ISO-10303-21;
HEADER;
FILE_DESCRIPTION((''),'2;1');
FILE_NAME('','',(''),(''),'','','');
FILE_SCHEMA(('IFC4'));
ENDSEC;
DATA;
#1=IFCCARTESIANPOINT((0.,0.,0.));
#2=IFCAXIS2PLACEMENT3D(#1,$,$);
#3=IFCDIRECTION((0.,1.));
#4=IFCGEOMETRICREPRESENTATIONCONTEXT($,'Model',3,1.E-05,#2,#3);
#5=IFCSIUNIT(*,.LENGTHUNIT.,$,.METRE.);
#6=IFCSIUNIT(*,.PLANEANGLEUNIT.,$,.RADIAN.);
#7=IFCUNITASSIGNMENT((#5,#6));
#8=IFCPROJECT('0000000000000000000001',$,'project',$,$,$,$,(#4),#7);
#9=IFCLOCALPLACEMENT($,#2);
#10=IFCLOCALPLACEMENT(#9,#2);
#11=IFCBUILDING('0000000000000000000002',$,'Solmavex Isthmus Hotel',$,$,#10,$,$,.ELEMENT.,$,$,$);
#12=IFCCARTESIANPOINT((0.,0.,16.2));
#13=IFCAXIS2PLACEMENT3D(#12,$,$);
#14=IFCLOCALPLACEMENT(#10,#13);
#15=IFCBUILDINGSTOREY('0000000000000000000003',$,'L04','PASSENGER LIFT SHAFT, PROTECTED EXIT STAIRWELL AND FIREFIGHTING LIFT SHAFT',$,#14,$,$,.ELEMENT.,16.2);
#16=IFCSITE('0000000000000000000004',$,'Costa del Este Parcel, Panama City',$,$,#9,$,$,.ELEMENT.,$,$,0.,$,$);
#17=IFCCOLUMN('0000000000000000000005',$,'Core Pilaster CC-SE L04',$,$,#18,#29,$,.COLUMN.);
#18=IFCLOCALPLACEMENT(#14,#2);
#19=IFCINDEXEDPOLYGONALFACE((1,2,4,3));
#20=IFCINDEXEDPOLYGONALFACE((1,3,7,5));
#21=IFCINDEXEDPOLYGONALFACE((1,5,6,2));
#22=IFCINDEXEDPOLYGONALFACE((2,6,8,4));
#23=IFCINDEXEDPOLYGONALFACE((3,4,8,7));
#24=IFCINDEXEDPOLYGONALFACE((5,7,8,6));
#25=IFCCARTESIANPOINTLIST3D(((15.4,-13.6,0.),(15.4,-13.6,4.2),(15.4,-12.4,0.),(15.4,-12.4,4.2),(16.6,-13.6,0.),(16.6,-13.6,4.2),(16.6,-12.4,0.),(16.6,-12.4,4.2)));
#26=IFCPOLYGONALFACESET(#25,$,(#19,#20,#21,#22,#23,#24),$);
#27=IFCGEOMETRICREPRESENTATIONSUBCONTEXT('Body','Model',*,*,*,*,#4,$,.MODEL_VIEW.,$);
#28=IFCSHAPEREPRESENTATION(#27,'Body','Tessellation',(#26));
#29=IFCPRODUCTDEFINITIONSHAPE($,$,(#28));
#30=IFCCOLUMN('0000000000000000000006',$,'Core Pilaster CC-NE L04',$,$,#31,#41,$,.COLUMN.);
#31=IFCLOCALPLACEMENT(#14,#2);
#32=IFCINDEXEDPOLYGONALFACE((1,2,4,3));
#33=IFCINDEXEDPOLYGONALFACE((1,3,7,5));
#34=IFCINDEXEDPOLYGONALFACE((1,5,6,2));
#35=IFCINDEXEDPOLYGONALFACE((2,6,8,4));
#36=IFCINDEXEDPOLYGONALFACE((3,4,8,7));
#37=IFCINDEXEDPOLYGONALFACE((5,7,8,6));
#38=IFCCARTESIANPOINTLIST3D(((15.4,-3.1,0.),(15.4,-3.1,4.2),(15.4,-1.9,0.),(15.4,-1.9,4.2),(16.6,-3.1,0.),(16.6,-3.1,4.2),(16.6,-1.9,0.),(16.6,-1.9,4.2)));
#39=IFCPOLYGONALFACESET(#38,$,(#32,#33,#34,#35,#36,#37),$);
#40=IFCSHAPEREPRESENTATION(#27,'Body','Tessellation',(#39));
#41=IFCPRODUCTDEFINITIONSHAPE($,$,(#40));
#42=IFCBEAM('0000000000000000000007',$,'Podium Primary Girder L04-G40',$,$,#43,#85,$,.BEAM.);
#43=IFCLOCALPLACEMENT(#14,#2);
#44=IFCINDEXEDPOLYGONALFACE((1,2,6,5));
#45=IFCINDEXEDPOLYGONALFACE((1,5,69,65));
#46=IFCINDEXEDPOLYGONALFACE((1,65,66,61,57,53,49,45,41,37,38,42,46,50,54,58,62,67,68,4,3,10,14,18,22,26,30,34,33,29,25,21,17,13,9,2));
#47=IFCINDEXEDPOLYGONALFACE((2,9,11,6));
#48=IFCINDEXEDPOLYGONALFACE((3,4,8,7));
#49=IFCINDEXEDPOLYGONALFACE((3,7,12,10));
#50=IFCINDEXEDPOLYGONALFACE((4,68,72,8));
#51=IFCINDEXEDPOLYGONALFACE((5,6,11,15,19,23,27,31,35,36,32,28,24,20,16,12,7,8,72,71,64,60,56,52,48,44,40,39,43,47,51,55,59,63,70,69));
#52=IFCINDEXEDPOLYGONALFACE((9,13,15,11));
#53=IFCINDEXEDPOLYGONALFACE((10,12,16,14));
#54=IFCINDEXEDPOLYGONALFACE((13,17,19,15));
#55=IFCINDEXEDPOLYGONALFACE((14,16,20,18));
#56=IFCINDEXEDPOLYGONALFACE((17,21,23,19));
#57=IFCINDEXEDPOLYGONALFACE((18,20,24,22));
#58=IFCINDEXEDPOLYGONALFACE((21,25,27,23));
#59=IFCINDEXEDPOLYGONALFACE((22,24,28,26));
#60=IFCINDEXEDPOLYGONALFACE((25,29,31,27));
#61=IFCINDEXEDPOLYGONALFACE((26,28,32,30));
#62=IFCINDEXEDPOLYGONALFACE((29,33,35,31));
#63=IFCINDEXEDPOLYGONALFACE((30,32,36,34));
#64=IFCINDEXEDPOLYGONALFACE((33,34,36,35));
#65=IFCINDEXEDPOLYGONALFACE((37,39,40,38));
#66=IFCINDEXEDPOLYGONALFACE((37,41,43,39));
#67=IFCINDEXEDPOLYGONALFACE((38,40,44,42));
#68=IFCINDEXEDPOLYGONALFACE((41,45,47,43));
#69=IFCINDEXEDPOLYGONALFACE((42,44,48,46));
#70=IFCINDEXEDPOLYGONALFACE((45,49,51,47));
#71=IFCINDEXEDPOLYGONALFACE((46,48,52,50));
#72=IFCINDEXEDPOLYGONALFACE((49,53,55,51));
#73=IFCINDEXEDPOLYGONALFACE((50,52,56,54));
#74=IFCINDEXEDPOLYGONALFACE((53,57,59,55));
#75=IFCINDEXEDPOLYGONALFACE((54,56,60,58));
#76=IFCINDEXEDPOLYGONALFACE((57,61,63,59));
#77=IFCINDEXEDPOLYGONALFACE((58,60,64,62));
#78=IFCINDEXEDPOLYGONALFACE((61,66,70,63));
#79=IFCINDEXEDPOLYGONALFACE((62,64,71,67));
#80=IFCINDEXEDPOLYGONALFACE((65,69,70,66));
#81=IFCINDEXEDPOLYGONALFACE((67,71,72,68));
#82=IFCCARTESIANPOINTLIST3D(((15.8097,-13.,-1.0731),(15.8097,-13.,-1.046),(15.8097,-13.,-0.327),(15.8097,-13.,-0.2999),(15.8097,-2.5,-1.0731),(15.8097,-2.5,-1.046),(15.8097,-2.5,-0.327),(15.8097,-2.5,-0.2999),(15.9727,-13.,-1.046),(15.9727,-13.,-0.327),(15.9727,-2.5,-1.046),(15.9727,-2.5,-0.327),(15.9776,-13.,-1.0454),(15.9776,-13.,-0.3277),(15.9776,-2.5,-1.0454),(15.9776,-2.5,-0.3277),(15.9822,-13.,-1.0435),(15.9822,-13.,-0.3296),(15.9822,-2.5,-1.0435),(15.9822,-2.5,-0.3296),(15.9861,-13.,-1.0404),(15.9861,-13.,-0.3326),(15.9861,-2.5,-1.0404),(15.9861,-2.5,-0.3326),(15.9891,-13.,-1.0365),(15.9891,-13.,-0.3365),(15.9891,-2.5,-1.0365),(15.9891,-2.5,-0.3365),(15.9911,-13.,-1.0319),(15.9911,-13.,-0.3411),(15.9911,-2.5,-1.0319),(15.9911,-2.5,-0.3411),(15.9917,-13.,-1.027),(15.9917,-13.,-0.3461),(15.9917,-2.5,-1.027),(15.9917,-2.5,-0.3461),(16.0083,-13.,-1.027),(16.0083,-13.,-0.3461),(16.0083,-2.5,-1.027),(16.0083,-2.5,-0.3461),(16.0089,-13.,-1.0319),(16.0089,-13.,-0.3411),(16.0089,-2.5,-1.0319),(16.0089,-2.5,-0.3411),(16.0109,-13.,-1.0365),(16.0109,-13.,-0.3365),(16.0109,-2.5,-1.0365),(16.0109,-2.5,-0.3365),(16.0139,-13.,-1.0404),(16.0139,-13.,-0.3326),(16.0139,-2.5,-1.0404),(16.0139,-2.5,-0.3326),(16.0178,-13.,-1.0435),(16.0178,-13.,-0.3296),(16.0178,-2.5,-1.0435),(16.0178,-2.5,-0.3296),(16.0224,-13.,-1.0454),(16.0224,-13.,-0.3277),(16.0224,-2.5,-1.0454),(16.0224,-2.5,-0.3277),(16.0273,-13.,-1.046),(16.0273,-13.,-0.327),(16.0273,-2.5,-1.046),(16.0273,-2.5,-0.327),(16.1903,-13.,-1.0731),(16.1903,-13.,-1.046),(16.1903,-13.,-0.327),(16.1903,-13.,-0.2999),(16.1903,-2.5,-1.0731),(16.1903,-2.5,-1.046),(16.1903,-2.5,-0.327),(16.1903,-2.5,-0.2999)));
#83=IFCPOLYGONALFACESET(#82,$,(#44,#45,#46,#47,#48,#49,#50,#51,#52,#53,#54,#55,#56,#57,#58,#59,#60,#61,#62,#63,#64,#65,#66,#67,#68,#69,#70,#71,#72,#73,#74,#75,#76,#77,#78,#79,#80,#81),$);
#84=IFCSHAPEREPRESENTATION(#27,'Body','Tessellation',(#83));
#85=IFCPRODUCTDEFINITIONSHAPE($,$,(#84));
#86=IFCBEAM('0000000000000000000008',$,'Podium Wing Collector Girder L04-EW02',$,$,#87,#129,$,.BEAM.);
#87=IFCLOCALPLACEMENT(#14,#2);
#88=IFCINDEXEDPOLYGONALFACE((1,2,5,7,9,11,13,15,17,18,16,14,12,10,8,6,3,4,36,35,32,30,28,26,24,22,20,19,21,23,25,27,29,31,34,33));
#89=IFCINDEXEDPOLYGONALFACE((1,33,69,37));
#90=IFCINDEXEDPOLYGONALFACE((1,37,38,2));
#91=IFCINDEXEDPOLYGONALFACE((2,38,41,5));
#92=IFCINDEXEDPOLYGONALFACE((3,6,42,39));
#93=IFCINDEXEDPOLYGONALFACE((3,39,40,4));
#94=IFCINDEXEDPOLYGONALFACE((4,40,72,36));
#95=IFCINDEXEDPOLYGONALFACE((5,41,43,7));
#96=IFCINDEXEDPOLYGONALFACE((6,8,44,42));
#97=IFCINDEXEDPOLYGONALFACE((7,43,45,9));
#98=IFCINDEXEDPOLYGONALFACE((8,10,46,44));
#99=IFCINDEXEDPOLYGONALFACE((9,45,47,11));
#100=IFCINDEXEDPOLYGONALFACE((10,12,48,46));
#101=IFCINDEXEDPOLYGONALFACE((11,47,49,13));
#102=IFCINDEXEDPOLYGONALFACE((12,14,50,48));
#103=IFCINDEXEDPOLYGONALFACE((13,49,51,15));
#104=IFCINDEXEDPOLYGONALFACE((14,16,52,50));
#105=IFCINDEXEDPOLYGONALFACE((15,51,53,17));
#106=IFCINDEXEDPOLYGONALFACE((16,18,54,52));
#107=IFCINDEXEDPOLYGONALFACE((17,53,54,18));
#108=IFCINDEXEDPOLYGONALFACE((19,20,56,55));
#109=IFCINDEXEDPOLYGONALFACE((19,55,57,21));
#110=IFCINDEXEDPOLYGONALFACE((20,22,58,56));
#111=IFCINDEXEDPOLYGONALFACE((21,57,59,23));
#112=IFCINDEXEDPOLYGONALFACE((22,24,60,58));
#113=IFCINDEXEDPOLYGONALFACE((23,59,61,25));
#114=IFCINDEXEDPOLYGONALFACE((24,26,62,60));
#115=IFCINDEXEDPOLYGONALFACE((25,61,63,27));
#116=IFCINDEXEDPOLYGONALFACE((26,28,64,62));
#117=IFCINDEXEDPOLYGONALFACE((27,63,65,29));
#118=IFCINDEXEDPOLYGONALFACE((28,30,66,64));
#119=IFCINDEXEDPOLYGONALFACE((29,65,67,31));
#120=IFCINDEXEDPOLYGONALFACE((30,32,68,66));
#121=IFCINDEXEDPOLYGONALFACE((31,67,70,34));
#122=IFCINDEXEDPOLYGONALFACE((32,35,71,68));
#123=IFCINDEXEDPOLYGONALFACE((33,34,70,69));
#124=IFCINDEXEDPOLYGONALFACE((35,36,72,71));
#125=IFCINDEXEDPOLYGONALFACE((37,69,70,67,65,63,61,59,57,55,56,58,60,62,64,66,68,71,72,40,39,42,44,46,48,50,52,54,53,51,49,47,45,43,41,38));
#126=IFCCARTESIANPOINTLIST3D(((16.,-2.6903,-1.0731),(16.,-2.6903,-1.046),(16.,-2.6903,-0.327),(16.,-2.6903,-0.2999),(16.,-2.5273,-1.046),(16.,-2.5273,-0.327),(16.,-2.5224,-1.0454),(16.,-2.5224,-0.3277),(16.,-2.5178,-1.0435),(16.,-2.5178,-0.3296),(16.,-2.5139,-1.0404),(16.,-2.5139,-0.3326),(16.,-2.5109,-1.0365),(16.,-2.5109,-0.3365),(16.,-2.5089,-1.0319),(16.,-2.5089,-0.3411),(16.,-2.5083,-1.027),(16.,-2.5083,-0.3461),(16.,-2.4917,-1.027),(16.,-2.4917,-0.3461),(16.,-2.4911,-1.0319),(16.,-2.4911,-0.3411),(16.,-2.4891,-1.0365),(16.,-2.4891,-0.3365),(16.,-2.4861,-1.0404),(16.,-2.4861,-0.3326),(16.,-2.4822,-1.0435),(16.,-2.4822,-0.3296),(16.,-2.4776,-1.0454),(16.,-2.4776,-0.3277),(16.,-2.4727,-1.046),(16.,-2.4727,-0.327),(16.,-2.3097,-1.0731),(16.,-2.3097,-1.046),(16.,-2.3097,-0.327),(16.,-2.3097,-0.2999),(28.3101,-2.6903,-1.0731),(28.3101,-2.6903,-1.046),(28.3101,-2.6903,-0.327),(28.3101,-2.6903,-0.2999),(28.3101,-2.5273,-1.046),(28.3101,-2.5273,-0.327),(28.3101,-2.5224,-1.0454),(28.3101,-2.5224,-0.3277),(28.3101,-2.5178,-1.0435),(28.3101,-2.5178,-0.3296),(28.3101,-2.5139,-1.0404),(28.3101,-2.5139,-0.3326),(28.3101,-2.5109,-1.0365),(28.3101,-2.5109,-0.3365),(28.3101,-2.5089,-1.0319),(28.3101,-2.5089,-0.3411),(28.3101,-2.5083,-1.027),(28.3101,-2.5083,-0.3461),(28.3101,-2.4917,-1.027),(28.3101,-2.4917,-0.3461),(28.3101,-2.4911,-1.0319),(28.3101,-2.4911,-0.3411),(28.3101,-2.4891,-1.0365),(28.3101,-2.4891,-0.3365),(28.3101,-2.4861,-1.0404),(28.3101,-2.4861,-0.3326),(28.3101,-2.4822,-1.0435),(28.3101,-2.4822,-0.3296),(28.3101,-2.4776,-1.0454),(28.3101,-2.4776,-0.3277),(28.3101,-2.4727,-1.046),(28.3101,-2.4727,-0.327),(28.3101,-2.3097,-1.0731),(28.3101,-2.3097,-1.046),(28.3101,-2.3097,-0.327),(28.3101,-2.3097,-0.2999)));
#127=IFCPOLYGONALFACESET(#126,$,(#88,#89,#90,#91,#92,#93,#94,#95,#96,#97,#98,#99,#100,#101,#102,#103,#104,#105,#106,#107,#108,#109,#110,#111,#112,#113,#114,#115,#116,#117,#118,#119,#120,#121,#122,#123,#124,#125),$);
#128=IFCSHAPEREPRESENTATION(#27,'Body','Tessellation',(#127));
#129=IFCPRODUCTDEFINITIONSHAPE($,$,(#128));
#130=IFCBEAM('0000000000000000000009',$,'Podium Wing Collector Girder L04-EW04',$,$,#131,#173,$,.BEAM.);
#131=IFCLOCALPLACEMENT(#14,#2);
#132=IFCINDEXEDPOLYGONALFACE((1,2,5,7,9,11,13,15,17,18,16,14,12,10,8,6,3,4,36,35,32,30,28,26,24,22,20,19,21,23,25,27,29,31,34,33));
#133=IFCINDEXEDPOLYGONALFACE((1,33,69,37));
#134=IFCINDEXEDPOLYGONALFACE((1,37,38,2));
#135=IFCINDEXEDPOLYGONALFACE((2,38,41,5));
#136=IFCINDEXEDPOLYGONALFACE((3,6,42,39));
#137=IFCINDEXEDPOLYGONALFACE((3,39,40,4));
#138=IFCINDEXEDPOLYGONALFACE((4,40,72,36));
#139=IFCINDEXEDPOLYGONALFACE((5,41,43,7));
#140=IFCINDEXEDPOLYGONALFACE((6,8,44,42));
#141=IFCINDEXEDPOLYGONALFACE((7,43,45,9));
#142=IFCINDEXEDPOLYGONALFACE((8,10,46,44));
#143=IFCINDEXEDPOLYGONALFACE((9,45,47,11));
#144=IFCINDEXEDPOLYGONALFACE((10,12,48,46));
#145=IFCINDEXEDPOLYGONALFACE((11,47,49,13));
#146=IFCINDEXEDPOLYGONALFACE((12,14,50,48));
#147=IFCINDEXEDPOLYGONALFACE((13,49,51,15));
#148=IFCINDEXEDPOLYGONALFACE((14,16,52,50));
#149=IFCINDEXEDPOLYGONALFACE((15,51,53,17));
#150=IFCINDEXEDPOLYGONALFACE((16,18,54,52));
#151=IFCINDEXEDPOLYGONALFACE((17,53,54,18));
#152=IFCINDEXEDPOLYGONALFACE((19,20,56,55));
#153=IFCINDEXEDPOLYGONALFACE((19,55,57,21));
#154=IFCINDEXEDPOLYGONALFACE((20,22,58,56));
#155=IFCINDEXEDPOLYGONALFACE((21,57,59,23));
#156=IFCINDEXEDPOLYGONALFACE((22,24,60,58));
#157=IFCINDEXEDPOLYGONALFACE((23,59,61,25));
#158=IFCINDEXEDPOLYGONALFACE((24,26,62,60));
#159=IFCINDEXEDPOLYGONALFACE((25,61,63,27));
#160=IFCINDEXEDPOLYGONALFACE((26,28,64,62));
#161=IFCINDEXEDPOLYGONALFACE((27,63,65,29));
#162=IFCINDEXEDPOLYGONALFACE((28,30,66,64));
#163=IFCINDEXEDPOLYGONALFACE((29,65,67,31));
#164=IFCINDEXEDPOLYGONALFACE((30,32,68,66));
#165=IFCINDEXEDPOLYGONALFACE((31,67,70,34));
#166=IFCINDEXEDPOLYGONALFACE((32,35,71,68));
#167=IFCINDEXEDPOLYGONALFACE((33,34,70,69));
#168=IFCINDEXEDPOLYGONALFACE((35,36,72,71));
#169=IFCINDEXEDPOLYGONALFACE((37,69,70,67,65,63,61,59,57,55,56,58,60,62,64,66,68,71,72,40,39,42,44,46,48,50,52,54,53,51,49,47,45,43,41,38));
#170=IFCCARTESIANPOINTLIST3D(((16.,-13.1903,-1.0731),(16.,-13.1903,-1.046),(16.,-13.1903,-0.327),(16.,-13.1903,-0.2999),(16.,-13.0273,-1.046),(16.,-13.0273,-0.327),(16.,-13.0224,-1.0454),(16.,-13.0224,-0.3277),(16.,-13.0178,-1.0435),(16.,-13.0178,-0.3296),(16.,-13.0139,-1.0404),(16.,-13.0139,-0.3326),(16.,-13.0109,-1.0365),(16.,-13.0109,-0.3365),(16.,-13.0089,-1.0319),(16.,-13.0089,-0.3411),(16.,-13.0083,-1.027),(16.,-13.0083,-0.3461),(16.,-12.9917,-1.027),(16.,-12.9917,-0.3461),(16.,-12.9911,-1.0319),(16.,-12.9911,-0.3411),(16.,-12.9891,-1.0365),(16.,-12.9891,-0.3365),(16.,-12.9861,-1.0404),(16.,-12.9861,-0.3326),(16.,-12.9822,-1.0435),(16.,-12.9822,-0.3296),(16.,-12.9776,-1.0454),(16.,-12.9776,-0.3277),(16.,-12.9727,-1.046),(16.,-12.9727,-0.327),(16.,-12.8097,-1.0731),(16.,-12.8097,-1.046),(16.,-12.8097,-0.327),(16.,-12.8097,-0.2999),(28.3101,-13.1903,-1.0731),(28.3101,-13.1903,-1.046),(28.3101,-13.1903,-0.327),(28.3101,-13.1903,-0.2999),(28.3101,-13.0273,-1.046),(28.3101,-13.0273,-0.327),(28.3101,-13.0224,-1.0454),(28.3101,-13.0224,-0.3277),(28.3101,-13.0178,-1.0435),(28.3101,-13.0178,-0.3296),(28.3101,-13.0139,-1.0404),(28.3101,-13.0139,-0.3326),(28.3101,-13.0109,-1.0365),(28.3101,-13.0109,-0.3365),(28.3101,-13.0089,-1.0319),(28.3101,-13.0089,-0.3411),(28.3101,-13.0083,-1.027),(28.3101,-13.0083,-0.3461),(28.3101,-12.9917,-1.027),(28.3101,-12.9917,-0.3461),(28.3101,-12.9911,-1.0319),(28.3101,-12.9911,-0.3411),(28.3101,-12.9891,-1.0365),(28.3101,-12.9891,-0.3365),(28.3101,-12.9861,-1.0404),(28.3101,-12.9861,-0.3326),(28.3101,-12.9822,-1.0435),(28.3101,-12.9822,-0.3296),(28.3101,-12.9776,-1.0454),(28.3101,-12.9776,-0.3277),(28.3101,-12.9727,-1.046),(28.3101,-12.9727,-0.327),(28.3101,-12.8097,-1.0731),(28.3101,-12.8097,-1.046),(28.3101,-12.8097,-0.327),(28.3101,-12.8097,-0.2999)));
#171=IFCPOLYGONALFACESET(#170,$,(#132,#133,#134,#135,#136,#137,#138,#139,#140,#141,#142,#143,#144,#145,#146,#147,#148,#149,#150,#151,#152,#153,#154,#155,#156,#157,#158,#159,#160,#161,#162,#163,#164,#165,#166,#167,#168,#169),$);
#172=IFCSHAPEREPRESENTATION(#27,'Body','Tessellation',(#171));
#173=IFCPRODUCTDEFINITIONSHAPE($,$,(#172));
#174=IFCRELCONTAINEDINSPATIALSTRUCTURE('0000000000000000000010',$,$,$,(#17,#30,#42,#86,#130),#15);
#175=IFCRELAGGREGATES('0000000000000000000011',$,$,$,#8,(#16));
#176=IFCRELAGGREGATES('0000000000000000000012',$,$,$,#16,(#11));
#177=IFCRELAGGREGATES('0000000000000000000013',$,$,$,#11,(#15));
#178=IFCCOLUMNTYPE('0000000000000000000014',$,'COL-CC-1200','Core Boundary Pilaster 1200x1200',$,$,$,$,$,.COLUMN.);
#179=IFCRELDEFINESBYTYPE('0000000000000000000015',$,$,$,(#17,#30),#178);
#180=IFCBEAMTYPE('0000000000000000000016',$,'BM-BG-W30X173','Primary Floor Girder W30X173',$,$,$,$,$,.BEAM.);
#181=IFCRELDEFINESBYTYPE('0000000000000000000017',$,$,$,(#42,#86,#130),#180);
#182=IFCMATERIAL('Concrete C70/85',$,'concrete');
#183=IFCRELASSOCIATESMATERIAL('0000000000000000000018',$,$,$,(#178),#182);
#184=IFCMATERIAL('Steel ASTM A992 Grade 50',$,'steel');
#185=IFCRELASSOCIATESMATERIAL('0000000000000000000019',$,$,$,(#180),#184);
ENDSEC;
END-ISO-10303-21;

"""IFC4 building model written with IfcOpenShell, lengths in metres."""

from ifc_helpers import new_model, si_unit, direction, frame, origin, origin_2d, place, context, subcontext, project, spatial, rectangle, i_section, extrude, material, material_profile, profile_set, type_object, element, save


model = new_model("IFC4")

# Units and contexts
model_context = context("Model", 3, precision=1e-05, world=origin(), true_north=direction((0.0, 1.0)))
body_context = subcontext(model_context, "Body", "Model", "MODEL_VIEW")
ifc_project = project(units=[si_unit("LENGTHUNIT", "METRE"), si_unit("PLANEANGLEUNIT", "RADIAN")], contexts=[model_context])

# Site, building, storey
site_placement = place(None, origin())
site = spatial("IfcSite", under=ifc_project, at=site_placement, Name="Costa del Este Parcel, Panama City", CompositionType="ELEMENT", RefElevation=0.0)
building_placement = place(site_placement, origin())
building = spatial("IfcBuilding", under=site, at=building_placement, Name="Solmavex Isthmus Hotel", CompositionType="ELEMENT")
storey_placement = place(building_placement, frame((0.0, 0.0, 16.2)))
storey = spatial("IfcBuildingStorey", under=building, at=storey_placement, Name="L04", Description="PASSENGER LIFT SHAFT, PROTECTED EXIT STAIRWELL AND FIREFIGHTING LIFT SHAFT", CompositionType="ELEMENT", Elevation=16.2)

# Columns
ifc_material_1 = material(Name="Concrete C70/85", Category="concrete")
ifc_material_profile_1 = material_profile(ifc_material_1, rectangle(XDim=1.2, YDim=1.2, at=origin_2d()), Name="RC1200X1200")
ifc_profile_set_1 = profile_set([ifc_material_profile_1], Name="Concrete C70/85")
column_type = type_object("IfcColumnType", Name="COL-CC-1200", Description="Core Boundary Pilaster 1200x1200", PredefinedType="COLUMN", material=ifc_profile_set_1)
for number, where, z_axis, x_axis, name in (
    (1, (16.0, -13.0, 0.0), (0.0, 0.0, 1.0), (1.0, 0.0, 0.0), "Core Pilaster CC-SE L04"),
    (2, (16.0, -2.5, 0.0), (0.0, 0.0, 1.0), (1.0, 0.0, 0.0), "Core Pilaster CC-NE L04"),
):
    element("IfcColumn", number, at=place(storey_placement, frame(where, z_axis=z_axis, x_axis=x_axis)), inside=storey, type_object=column_type, Name=name, PredefinedType="COLUMN", context=body_context, shape_type="SweptSolid", body=[
        extrude(rectangle(XDim=1.2, YDim=1.2, at=origin_2d()), origin(), (0.0, 0.0, 1.0), 4.2),
    ])

# Beams
ifc_material_2 = material(Name="Steel ASTM A992 Grade 50", Category="steel")
ifc_material_profile_2 = material_profile(ifc_material_2, i_section(OverallWidth=0.3806, OverallDepth=0.7732, WebThickness=0.0166, FlangeThickness=0.0271, FilletRadius=0.019, at=origin_2d()), Name="W30X173")
ifc_profile_set_2 = profile_set([ifc_material_profile_2], Name="Steel ASTM A992 Grade 50")
beam_type_1 = type_object("IfcBeamType", Name="BM-BG-W30X173", Description="Primary Floor Girder W30X173", PredefinedType="BEAM", material=ifc_profile_set_2)
beam_1_placement = place(storey_placement, frame((16.0, -13.0, -0.6865), z_axis=(0.0, 1.0, 0.0), x_axis=(-1.0, 0.0, 0.0)))
element("IfcBeam", 3, at=beam_1_placement, inside=storey, type_object=beam_type_1, Name="Podium Primary Girder L04-G40", PredefinedType="BEAM", context=body_context, shape_type="SweptSolid", body=[
    extrude(i_section(OverallWidth=0.3806, OverallDepth=0.7732, WebThickness=0.0166, FlangeThickness=0.0271, FilletRadius=0.019, at=origin_2d()), origin(), (0.0, 0.0, 1.0), 10.5),
])
for number, where, z_axis, x_axis, name in (
    (4, (16.0, -2.5, -0.6865), (1.0, 0.0, 0.0), (0.0, 1.0, 0.0), "Podium Wing Collector Girder L04-EW02"),
    (5, (16.0, -13.0, -0.6865), (1.0, 0.0, 0.0), (0.0, 1.0, 0.0), "Podium Wing Collector Girder L04-EW04"),
):
    element("IfcBeam", number, at=place(storey_placement, frame(where, z_axis=z_axis, x_axis=x_axis)), inside=storey, type_object=beam_type_1, Name=name, PredefinedType="BEAM", context=body_context, shape_type="SweptSolid", body=[
        extrude(i_section(OverallWidth=0.3806, OverallDepth=0.7732, WebThickness=0.0166, FlangeThickness=0.0271, FilletRadius=0.019, at=origin_2d()), origin(), (0.0, 0.0, 1.0), 12.3101),
    ])

save(model, "model.ifc")
